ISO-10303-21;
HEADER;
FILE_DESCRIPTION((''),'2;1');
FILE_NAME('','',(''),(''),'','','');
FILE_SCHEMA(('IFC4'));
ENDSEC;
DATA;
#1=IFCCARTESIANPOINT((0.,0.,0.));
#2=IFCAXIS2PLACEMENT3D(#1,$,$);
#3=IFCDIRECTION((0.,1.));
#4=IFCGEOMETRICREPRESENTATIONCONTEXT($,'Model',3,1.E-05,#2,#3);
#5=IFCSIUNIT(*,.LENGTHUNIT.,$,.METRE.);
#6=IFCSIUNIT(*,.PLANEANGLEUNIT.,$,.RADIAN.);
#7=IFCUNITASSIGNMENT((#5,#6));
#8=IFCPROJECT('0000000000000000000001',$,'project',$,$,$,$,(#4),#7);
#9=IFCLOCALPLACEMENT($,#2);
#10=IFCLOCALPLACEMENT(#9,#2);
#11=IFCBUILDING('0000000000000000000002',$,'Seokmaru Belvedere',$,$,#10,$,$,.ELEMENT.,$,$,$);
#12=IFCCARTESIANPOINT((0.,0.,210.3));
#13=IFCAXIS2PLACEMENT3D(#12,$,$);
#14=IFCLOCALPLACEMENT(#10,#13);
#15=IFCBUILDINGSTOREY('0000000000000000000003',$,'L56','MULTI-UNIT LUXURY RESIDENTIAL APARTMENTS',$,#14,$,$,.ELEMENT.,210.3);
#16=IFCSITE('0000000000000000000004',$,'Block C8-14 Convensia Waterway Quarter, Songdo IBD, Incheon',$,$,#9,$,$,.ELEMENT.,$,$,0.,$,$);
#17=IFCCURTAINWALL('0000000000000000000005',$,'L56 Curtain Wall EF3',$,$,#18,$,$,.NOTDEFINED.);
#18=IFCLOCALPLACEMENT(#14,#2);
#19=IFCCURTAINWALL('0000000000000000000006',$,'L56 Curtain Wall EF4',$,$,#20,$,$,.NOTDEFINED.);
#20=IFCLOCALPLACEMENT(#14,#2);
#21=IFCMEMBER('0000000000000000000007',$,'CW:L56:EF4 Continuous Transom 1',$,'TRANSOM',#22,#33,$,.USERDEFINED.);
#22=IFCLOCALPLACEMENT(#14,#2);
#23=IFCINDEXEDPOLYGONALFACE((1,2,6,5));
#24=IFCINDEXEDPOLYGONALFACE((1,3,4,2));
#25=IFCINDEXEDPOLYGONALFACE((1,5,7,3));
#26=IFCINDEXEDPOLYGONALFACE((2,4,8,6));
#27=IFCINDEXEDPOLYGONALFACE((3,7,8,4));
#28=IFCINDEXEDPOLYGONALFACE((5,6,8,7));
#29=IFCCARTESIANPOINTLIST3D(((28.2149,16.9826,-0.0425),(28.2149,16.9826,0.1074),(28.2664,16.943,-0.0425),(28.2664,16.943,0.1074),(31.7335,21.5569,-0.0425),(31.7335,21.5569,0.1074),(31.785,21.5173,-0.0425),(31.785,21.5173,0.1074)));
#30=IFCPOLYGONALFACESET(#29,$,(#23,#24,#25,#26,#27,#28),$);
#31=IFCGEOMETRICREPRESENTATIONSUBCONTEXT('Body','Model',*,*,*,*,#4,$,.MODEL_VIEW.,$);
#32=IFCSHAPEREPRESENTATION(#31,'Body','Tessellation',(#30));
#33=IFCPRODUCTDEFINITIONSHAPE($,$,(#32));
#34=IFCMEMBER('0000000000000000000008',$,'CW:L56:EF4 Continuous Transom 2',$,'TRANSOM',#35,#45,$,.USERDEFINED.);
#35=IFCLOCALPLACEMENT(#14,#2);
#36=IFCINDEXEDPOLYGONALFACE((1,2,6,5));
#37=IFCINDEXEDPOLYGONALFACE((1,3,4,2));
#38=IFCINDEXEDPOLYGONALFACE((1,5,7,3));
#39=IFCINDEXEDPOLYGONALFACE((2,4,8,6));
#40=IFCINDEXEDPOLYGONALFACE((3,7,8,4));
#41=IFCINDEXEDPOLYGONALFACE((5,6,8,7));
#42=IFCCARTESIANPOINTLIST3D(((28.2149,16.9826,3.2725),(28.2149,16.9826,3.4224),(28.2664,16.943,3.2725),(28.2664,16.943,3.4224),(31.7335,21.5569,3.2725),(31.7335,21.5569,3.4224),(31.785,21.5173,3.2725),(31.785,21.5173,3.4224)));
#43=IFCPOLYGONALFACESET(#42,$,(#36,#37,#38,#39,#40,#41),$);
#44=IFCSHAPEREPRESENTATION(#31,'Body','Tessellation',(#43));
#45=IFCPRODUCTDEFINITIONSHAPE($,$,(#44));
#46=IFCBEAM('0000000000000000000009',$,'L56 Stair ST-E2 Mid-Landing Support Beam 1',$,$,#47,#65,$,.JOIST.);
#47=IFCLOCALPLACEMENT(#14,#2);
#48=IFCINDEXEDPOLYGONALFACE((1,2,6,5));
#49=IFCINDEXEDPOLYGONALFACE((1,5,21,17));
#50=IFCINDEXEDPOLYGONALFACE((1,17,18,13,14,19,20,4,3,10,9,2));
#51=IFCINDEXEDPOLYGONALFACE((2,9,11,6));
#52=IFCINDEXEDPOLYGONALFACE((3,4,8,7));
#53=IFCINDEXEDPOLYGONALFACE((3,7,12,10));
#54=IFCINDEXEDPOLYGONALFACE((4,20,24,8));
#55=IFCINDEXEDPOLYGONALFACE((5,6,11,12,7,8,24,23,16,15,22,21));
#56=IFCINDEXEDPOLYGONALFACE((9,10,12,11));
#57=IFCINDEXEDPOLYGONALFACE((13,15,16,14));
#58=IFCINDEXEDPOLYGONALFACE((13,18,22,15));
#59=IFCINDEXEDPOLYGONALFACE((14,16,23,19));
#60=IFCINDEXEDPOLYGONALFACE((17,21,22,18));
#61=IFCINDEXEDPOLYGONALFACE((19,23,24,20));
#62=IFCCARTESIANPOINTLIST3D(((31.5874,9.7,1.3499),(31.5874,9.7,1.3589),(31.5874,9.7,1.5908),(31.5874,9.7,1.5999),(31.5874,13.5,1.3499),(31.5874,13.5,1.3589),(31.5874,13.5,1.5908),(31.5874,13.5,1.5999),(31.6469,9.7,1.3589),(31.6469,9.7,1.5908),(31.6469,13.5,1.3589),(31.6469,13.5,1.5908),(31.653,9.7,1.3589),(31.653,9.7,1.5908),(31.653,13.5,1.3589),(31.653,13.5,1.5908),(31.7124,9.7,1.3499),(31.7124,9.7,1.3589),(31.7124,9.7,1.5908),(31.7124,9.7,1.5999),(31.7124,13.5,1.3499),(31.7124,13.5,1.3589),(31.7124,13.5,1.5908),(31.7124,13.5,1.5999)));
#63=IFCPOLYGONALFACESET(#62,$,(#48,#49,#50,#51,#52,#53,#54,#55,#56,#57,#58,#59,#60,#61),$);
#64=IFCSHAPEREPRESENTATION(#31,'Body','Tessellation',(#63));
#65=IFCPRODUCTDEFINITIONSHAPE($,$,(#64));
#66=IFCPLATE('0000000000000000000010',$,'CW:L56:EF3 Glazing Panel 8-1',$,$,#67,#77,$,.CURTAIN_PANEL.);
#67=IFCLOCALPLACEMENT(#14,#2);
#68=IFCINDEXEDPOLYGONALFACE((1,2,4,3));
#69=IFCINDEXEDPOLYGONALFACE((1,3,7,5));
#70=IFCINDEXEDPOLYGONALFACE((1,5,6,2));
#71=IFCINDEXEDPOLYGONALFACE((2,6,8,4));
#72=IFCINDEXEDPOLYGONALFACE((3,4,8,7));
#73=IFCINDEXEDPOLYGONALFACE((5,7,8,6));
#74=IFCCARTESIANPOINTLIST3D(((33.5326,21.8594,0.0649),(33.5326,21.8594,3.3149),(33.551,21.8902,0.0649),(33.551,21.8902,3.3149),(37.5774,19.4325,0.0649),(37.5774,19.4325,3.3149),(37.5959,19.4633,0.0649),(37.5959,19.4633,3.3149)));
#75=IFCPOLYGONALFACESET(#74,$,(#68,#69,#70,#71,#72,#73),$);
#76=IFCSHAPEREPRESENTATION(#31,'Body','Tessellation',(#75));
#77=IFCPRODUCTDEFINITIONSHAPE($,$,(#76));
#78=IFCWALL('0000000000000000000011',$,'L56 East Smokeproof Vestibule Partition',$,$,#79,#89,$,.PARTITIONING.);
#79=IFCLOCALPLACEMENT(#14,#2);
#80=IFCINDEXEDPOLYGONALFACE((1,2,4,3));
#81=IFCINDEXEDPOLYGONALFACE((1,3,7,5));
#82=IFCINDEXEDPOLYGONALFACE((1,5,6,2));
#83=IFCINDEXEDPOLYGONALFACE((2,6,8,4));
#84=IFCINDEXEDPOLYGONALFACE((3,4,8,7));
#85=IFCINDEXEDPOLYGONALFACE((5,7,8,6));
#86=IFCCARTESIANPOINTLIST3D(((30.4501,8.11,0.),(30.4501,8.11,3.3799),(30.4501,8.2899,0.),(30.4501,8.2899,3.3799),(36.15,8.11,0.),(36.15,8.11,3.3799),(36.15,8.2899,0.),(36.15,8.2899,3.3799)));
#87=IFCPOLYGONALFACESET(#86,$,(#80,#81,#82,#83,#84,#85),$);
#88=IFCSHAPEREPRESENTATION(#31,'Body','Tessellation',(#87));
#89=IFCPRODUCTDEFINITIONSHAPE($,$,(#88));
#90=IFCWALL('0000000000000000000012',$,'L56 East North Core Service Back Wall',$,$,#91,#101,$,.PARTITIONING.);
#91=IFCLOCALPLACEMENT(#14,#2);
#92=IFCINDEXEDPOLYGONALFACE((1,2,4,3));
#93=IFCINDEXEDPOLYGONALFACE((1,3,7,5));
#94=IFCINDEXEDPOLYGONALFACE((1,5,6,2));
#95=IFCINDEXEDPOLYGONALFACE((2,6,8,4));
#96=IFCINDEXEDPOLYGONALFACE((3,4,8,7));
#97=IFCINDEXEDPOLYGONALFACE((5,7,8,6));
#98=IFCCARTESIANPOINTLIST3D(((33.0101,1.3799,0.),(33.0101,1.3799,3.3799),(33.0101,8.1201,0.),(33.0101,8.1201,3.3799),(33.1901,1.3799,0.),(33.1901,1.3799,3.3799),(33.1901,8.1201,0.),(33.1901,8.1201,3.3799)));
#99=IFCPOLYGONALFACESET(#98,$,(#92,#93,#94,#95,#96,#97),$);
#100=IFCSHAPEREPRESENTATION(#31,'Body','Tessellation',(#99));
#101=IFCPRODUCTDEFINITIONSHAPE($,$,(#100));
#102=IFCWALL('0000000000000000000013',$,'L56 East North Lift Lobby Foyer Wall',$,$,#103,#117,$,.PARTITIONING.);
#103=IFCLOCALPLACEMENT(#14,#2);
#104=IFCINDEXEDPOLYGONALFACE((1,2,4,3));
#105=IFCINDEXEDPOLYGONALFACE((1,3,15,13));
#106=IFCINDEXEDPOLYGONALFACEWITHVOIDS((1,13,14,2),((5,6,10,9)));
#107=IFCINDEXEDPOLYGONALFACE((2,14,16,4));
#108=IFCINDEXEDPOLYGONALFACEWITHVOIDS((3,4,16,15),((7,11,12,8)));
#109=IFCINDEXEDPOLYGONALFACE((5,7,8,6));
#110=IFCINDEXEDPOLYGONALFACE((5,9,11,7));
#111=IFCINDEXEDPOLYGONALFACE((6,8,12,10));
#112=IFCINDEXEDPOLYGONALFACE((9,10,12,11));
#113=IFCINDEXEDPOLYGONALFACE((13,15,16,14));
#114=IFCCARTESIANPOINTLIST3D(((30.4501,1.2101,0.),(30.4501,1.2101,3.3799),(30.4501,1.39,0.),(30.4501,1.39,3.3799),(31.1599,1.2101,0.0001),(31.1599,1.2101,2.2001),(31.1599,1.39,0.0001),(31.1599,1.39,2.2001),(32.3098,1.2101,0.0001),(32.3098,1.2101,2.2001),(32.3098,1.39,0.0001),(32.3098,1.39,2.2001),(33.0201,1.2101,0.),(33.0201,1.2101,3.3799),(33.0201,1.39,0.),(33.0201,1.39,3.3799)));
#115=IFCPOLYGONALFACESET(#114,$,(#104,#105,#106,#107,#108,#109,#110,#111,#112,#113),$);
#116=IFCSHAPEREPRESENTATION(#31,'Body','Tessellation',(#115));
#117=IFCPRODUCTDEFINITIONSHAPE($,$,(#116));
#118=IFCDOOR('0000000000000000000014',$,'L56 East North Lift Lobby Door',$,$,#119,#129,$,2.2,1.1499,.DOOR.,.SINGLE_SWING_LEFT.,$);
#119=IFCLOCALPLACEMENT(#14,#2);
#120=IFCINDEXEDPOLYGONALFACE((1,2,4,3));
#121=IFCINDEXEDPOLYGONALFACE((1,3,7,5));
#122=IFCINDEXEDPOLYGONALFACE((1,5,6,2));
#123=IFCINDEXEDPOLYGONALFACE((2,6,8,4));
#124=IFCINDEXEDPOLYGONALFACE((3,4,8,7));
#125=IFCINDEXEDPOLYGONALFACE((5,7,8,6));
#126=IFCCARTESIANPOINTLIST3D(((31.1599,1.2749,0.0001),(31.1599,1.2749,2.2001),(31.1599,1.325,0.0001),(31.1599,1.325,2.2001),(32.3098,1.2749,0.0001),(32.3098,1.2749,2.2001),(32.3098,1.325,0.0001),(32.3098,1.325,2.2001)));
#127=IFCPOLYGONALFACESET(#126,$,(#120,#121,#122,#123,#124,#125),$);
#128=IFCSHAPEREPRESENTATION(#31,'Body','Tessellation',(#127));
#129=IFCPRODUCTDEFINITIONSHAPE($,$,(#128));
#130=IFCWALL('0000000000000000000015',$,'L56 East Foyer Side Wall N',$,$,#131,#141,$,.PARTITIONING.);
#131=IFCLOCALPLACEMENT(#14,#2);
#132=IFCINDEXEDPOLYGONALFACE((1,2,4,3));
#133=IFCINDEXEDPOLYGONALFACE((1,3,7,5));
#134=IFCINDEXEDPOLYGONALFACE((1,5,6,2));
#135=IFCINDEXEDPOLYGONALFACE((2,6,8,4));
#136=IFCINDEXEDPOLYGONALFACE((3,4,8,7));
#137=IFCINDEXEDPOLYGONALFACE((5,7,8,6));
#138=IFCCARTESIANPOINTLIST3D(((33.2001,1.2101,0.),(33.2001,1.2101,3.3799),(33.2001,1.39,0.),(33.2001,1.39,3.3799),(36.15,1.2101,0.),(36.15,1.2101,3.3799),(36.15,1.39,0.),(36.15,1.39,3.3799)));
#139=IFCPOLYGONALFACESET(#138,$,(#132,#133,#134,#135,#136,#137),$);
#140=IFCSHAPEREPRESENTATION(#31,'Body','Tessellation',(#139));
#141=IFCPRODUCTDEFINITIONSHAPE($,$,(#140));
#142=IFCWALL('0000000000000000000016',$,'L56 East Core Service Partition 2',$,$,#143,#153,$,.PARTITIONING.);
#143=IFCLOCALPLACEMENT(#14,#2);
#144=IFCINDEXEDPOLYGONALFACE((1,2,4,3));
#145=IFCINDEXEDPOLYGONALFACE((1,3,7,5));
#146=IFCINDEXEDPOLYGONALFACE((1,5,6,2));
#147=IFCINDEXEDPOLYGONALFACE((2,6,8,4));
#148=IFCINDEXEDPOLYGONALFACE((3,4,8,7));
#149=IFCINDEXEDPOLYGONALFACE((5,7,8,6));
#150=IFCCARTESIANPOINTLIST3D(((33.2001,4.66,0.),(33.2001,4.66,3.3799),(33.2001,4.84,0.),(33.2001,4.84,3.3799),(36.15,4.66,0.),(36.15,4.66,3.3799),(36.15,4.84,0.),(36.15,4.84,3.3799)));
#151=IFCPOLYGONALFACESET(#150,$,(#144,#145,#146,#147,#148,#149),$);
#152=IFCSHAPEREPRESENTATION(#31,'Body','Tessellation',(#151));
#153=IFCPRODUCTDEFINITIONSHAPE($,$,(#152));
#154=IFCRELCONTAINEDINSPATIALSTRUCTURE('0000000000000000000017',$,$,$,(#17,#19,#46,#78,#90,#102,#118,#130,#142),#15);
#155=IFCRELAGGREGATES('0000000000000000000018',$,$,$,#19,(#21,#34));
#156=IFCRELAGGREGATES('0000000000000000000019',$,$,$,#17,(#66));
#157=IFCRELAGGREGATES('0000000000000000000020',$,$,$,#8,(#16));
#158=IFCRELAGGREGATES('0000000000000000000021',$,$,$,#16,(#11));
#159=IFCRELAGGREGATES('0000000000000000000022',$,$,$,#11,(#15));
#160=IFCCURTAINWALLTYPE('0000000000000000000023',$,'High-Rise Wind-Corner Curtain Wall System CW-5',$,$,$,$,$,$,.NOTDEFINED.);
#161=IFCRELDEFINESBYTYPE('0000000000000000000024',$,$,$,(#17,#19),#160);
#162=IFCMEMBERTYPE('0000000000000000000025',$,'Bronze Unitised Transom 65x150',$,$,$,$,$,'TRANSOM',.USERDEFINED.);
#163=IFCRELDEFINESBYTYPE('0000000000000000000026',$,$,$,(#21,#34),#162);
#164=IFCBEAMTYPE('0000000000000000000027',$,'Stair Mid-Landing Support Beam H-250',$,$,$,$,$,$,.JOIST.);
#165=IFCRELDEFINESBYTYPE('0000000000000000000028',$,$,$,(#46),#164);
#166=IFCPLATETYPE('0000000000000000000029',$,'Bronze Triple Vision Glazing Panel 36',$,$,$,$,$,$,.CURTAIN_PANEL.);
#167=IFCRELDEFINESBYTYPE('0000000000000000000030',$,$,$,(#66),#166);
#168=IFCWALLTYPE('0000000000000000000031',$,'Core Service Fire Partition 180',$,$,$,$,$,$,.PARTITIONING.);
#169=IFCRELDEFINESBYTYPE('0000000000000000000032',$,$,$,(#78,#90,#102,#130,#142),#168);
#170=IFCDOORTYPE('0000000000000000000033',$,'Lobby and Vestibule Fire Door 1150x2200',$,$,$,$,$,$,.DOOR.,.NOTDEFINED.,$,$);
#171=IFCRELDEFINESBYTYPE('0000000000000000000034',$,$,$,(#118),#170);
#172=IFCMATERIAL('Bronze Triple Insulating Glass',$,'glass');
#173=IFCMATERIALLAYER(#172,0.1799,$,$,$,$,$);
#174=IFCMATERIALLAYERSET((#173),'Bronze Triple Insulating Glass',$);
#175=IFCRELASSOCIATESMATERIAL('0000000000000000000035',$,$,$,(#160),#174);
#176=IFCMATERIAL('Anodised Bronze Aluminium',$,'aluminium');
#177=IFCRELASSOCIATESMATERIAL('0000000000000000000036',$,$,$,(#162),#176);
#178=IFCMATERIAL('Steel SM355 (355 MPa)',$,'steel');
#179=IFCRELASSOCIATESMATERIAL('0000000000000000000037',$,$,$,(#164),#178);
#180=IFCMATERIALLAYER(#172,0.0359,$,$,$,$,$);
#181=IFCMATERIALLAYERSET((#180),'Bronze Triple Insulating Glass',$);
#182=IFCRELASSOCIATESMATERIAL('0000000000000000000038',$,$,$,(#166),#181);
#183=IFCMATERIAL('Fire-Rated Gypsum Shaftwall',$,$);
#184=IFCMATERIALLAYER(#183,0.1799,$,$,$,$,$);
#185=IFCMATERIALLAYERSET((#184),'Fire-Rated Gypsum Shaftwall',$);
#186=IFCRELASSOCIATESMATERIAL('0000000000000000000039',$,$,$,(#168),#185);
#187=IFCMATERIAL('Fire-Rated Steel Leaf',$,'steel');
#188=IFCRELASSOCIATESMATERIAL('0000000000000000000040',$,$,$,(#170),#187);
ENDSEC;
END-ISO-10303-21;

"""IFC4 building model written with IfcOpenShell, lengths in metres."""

from ifc_helpers import new_model, si_unit, direction, frame, frame_2d, origin, origin_2d, place, context, subcontext, project, spatial, rectangle, i_section, extrude, source, transform, mapped, material, layer, layer_set, material_profile, profile_set, type_object, type_shapes, element, fill, aggregate, save


model = new_model("IFC4")

# Units and contexts
model_context = context("Model", 3, precision=1e-05, world=origin(), true_north=direction((0.0, 1.0)))
body_context = subcontext(model_context, "Body", "Model", "MODEL_VIEW")
ifc_project = project(units=[si_unit("LENGTHUNIT", "METRE"), si_unit("PLANEANGLEUNIT", "RADIAN")], contexts=[model_context])

# Site, building, storey
site_placement = place(None, origin())
site = spatial("IfcSite", under=ifc_project, at=site_placement, Name="Block C8-14 Convensia Waterway Quarter, Songdo IBD, Incheon", CompositionType="ELEMENT", RefElevation=0.0)
building_placement = place(site_placement, origin())
building = spatial("IfcBuilding", under=site, at=building_placement, Name="Seokmaru Belvedere", CompositionType="ELEMENT")
storey_placement = place(building_placement, frame((0.0, 0.0, 210.3)))
storey = spatial("IfcBuildingStorey", under=building, at=storey_placement, Name="L56", Description="MULTI-UNIT LUXURY RESIDENTIAL APARTMENTS", CompositionType="ELEMENT", Elevation=210.3)

# Shared definitions
ifc_material_1 = material(Name="Steel SM355 (355 MPa)", Category="steel")

# Curtain wall
ifc_material_2 = material(Name="Bronze Triple Insulating Glass", Category="glass")
ifc_layer_1 = layer(ifc_material_2, 0.1799)
ifc_layer_set_1 = layer_set([ifc_layer_1], Name="Bronze Triple Insulating Glass")
curtain_wall_type = type_object("IfcCurtainWallType", Name="High-Rise Wind-Corner Curtain Wall System CW-5", PredefinedType="NOTDEFINED", material=ifc_layer_set_1)
curtain_wall_1_placement = place(storey_placement, origin())
curtain_wall_1 = element("IfcCurtainWall", 1, at=curtain_wall_1_placement, inside=storey, type_object=curtain_wall_type, Name="L56 Curtain Wall EF3", PredefinedType="NOTDEFINED")
ifc_material_3 = material(Name="Anodised Bronze Aluminium", Category="aluminium")

# Curtain wall, members
curtain_wall_2_placement = place(storey_placement, origin())
curtain_wall_2 = element("IfcCurtainWall", 2, at=curtain_wall_2_placement, inside=storey, type_object=curtain_wall_type, Name="L56 Curtain Wall EF4", PredefinedType="NOTDEFINED")
ifc_material_profile_1 = material_profile(ifc_material_3, rectangle(XDim=0.0649, YDim=0.1499, at=origin_2d()), Name="CW-T-65x150")
ifc_profile_set_1 = profile_set([ifc_material_profile_1], Name="Anodised Bronze Aluminium")
member_type_1 = type_object("IfcMemberType", Name="Bronze Unitised Transom 65x150", ElementType="TRANSOM", PredefinedType="USERDEFINED", material=ifc_profile_set_1)
shared_shape_1 = source(origin(), body_context, "Body", "SweptSolid", [
    extrude(rectangle(XDim=0.0649, YDim=0.1499, at=origin_2d()), origin(), (0.0, 0.0, 1.0), 5.771),
])
type_shapes(member_type_1, [shared_shape_1])
member_1_placement = place(storey_placement, frame((31.7593, 21.5371, 0.0325), z_axis=(-0.609703, -0.79263, 0.0), x_axis=(0.79263, -0.609703, 0.0)))
member_1 = element("IfcMember", 3, at=member_1_placement, type_object=member_type_1, Name="CW:L56:EF4 Continuous Transom 1", ObjectType="TRANSOM", PredefinedType="USERDEFINED", context=body_context, shape_type="MappedRepresentation", body=[
    mapped(shared_shape_1, transform((0.0, 0.0, 0.0), scale=1.0)),
])
member_2_placement = place(storey_placement, frame((31.7593, 21.5371, 3.3474), z_axis=(-0.609703, -0.79263, 0.0), x_axis=(0.79263, -0.609703, 0.0)))
member_2 = element("IfcMember", 4, at=member_2_placement, type_object=member_type_1, Name="CW:L56:EF4 Continuous Transom 2", ObjectType="TRANSOM", PredefinedType="USERDEFINED", context=body_context, shape_type="MappedRepresentation", body=[
    mapped(shared_shape_1, transform((0.0, 0.0, 0.0), scale=1.0)),
])
aggregate(curtain_wall_2, [member_1, member_2])

# Beam
ifc_material_profile_2 = material_profile(ifc_material_1, i_section(OverallWidth=0.125, OverallDepth=0.25, WebThickness=0.0061, FlangeThickness=0.009, at=origin_2d()), Name="H-250x125x6x9")
ifc_profile_set_2 = profile_set([ifc_material_profile_2], Name="Steel SM355 (355 MPa)")
beam_type_1 = type_object("IfcBeamType", Name="Stair Mid-Landing Support Beam H-250", PredefinedType="JOIST", material=ifc_profile_set_2)
shared_shape_2 = source(origin(), body_context, "Body", "SweptSolid", [
    extrude(i_section(OverallWidth=0.125, OverallDepth=0.25, WebThickness=0.0061, FlangeThickness=0.009, at=origin_2d()), origin(), (0.0, 0.0, 1.0), 3.8),
])
type_shapes(beam_type_1, [shared_shape_2])
beam_1_placement = place(storey_placement, frame((31.6499, 9.7, 1.4749), z_axis=(0.0, 1.0, 0.0), x_axis=(-1.0, 0.0, 0.0)))
element("IfcBeam", 5, at=beam_1_placement, inside=storey, type_object=beam_type_1, Name="L56 Stair ST-E2 Mid-Landing Support Beam 1", PredefinedType="JOIST", context=body_context, shape_type="MappedRepresentation", body=[
    mapped(shared_shape_2, transform((0.0, 0.0, 0.0), scale=1.0)),
])

# Plate
ifc_layer_2 = layer(ifc_material_2, 0.0359)
ifc_layer_set_2 = layer_set([ifc_layer_2], Name="Bronze Triple Insulating Glass")
plate_type = type_object("IfcPlateType", Name="Bronze Triple Vision Glazing Panel 36", PredefinedType="CURTAIN_PANEL", material=ifc_layer_set_2)
shared_shape_3 = source(origin(), body_context, "Body", "SweptSolid", [
    extrude(rectangle(XDim=4.717, YDim=0.0359, at=origin_2d()), origin(), (0.0, 0.0, 1.0), 3.25),
])
type_shapes(plate_type, [shared_shape_3])
plate_placement = place(storey_placement, frame((35.5642, 20.6614, 0.0649), z_axis=(0.0, 0.0, 1.0), x_axis=(-0.857493, 0.514495, 0.0)))
plate = element("IfcPlate", 6, at=plate_placement, type_object=plate_type, Name="CW:L56:EF3 Glazing Panel 8-1", PredefinedType="CURTAIN_PANEL", context=body_context, shape_type="MappedRepresentation", body=[
    mapped(shared_shape_3, transform((0.0, 0.0, 0.0), scale=1.0)),
])
aggregate(curtain_wall_1, [plate])

# Walls
ifc_material_4 = material(Name="Fire-Rated Gypsum Shaftwall")
ifc_layer_3 = layer(ifc_material_4, 0.1799)
ifc_layer_set_3 = layer_set([ifc_layer_3], Name="Fire-Rated Gypsum Shaftwall")
wall_type_1 = type_object("IfcWallType", Name="Core Service Fire Partition 180", PredefinedType="PARTITIONING", material=ifc_layer_set_3)
wall_1_placement = place(storey_placement, frame((30.45, 8.2, 0.0), z_axis=(0.0, 0.0, 1.0), x_axis=(1.0, 0.0, 0.0)))
element("IfcWall", 7, at=wall_1_placement, inside=storey, type_object=wall_type_1, Name="L56 East Smokeproof Vestibule Partition", PredefinedType="PARTITIONING", context=body_context, shape_type="SweptSolid", body=[
    extrude(rectangle(XDim=5.7, YDim=0.1799, at=frame_2d((2.8501, 0.0))), origin(), (0.0, 0.0, 1.0), 3.3799),
])
wall_2_placement = place(storey_placement, frame((33.1001, 1.3799, 0.0), z_axis=(0.0, 0.0, 1.0), x_axis=(0.0, 1.0, 0.0)))
element("IfcWall", 8, at=wall_2_placement, inside=storey, type_object=wall_type_1, Name="L56 East North Core Service Back Wall", PredefinedType="PARTITIONING", context=body_context, shape_type="SweptSolid", body=[
    extrude(rectangle(XDim=6.7402, YDim=0.1799, at=frame_2d((3.3701, 0.0))), origin(), (0.0, 0.0, 1.0), 3.3799),
])

# Wall, opening, door
wall_3_placement = place(storey_placement, frame((30.45, 1.3, 0.0), z_axis=(0.0, 0.0, 1.0), x_axis=(1.0, 0.0, 0.0)))
wall_3 = element("IfcWall", 9, at=wall_3_placement, inside=storey, type_object=wall_type_1, Name="L56 East North Lift Lobby Foyer Wall", PredefinedType="PARTITIONING", context=body_context, shape_type="SweptSolid", body=[
    extrude(rectangle(XDim=2.5701, YDim=0.1799, at=frame_2d((1.2852, 0.0))), origin(), (0.0, 0.0, 1.0), 3.3799),
])
opening_1_placement = place(wall_3_placement, frame((0.71, 0.0, 0.0)))
opening_1 = element("IfcOpeningElement", 10, at=opening_1_placement, cuts=wall_3, PredefinedType="OPENING", context=body_context, shape_type="SweptSolid", body=[
    extrude(rectangle(XDim=1.1499, YDim=2.2, at=frame_2d((0.575, 1.1001))), frame((0.0, 0.1001, 0.0), z_axis=(0.0, -1.0, 0.0), x_axis=(1.0, 0.0, 0.0)), (0.0, 0.0, 1.0), 0.2),
])
ifc_material_5 = material(Name="Fire-Rated Steel Leaf", Category="steel")
door_type_1 = type_object("IfcDoorType", Name="Lobby and Vestibule Fire Door 1150x2200", OperationType="NOTDEFINED", PredefinedType="DOOR", material=ifc_material_5)
shared_shape_4 = source(origin(), body_context, "Body", "SweptSolid", [
    extrude(rectangle(XDim=1.1499, YDim=2.2, at=frame_2d((0.575, 1.1001))), frame((0.0, 0.0249, 0.0), z_axis=(0.0, -1.0, 0.0), x_axis=(1.0, 0.0, 0.0)), (0.0, 0.0, 1.0), 0.05),
])
type_shapes(door_type_1, [shared_shape_4])
door_1_placement = place(opening_1_placement, origin())
door_1 = element("IfcDoor", 11, at=door_1_placement, inside=storey, type_object=door_type_1, Name="L56 East North Lift Lobby Door", OperationType="SINGLE_SWING_LEFT", OverallHeight=2.2, OverallWidth=1.1499, PredefinedType="DOOR", context=body_context, shape_type="MappedRepresentation", body=[
    mapped(shared_shape_4, transform((0.0, 0.0, 0.0), scale=1.0)),
])
fill(opening_1, door_1)

# Walls
for number, where, z_axis, x_axis, name in (
    (12, (33.2, 1.3, 0.0), (0.0, 0.0, 1.0), (1.0, 0.0, 0.0), "L56 East Foyer Side Wall N"),
    (13, (33.2, 4.75, 0.0), (0.0, 0.0, 1.0), (1.0, 0.0, 0.0), "L56 East Core Service Partition 2"),
):
    element("IfcWall", number, at=place(storey_placement, frame(where, z_axis=z_axis, x_axis=x_axis)), inside=storey, type_object=wall_type_1, Name=name, PredefinedType="PARTITIONING", context=body_context, shape_type="SweptSolid", body=[
        extrude(rectangle(XDim=2.95, YDim=0.1799, at=frame_2d((1.4751, 0.0))), origin(), (0.0, 0.0, 1.0), 3.3799),
    ])

save(model, "model.ifc")
